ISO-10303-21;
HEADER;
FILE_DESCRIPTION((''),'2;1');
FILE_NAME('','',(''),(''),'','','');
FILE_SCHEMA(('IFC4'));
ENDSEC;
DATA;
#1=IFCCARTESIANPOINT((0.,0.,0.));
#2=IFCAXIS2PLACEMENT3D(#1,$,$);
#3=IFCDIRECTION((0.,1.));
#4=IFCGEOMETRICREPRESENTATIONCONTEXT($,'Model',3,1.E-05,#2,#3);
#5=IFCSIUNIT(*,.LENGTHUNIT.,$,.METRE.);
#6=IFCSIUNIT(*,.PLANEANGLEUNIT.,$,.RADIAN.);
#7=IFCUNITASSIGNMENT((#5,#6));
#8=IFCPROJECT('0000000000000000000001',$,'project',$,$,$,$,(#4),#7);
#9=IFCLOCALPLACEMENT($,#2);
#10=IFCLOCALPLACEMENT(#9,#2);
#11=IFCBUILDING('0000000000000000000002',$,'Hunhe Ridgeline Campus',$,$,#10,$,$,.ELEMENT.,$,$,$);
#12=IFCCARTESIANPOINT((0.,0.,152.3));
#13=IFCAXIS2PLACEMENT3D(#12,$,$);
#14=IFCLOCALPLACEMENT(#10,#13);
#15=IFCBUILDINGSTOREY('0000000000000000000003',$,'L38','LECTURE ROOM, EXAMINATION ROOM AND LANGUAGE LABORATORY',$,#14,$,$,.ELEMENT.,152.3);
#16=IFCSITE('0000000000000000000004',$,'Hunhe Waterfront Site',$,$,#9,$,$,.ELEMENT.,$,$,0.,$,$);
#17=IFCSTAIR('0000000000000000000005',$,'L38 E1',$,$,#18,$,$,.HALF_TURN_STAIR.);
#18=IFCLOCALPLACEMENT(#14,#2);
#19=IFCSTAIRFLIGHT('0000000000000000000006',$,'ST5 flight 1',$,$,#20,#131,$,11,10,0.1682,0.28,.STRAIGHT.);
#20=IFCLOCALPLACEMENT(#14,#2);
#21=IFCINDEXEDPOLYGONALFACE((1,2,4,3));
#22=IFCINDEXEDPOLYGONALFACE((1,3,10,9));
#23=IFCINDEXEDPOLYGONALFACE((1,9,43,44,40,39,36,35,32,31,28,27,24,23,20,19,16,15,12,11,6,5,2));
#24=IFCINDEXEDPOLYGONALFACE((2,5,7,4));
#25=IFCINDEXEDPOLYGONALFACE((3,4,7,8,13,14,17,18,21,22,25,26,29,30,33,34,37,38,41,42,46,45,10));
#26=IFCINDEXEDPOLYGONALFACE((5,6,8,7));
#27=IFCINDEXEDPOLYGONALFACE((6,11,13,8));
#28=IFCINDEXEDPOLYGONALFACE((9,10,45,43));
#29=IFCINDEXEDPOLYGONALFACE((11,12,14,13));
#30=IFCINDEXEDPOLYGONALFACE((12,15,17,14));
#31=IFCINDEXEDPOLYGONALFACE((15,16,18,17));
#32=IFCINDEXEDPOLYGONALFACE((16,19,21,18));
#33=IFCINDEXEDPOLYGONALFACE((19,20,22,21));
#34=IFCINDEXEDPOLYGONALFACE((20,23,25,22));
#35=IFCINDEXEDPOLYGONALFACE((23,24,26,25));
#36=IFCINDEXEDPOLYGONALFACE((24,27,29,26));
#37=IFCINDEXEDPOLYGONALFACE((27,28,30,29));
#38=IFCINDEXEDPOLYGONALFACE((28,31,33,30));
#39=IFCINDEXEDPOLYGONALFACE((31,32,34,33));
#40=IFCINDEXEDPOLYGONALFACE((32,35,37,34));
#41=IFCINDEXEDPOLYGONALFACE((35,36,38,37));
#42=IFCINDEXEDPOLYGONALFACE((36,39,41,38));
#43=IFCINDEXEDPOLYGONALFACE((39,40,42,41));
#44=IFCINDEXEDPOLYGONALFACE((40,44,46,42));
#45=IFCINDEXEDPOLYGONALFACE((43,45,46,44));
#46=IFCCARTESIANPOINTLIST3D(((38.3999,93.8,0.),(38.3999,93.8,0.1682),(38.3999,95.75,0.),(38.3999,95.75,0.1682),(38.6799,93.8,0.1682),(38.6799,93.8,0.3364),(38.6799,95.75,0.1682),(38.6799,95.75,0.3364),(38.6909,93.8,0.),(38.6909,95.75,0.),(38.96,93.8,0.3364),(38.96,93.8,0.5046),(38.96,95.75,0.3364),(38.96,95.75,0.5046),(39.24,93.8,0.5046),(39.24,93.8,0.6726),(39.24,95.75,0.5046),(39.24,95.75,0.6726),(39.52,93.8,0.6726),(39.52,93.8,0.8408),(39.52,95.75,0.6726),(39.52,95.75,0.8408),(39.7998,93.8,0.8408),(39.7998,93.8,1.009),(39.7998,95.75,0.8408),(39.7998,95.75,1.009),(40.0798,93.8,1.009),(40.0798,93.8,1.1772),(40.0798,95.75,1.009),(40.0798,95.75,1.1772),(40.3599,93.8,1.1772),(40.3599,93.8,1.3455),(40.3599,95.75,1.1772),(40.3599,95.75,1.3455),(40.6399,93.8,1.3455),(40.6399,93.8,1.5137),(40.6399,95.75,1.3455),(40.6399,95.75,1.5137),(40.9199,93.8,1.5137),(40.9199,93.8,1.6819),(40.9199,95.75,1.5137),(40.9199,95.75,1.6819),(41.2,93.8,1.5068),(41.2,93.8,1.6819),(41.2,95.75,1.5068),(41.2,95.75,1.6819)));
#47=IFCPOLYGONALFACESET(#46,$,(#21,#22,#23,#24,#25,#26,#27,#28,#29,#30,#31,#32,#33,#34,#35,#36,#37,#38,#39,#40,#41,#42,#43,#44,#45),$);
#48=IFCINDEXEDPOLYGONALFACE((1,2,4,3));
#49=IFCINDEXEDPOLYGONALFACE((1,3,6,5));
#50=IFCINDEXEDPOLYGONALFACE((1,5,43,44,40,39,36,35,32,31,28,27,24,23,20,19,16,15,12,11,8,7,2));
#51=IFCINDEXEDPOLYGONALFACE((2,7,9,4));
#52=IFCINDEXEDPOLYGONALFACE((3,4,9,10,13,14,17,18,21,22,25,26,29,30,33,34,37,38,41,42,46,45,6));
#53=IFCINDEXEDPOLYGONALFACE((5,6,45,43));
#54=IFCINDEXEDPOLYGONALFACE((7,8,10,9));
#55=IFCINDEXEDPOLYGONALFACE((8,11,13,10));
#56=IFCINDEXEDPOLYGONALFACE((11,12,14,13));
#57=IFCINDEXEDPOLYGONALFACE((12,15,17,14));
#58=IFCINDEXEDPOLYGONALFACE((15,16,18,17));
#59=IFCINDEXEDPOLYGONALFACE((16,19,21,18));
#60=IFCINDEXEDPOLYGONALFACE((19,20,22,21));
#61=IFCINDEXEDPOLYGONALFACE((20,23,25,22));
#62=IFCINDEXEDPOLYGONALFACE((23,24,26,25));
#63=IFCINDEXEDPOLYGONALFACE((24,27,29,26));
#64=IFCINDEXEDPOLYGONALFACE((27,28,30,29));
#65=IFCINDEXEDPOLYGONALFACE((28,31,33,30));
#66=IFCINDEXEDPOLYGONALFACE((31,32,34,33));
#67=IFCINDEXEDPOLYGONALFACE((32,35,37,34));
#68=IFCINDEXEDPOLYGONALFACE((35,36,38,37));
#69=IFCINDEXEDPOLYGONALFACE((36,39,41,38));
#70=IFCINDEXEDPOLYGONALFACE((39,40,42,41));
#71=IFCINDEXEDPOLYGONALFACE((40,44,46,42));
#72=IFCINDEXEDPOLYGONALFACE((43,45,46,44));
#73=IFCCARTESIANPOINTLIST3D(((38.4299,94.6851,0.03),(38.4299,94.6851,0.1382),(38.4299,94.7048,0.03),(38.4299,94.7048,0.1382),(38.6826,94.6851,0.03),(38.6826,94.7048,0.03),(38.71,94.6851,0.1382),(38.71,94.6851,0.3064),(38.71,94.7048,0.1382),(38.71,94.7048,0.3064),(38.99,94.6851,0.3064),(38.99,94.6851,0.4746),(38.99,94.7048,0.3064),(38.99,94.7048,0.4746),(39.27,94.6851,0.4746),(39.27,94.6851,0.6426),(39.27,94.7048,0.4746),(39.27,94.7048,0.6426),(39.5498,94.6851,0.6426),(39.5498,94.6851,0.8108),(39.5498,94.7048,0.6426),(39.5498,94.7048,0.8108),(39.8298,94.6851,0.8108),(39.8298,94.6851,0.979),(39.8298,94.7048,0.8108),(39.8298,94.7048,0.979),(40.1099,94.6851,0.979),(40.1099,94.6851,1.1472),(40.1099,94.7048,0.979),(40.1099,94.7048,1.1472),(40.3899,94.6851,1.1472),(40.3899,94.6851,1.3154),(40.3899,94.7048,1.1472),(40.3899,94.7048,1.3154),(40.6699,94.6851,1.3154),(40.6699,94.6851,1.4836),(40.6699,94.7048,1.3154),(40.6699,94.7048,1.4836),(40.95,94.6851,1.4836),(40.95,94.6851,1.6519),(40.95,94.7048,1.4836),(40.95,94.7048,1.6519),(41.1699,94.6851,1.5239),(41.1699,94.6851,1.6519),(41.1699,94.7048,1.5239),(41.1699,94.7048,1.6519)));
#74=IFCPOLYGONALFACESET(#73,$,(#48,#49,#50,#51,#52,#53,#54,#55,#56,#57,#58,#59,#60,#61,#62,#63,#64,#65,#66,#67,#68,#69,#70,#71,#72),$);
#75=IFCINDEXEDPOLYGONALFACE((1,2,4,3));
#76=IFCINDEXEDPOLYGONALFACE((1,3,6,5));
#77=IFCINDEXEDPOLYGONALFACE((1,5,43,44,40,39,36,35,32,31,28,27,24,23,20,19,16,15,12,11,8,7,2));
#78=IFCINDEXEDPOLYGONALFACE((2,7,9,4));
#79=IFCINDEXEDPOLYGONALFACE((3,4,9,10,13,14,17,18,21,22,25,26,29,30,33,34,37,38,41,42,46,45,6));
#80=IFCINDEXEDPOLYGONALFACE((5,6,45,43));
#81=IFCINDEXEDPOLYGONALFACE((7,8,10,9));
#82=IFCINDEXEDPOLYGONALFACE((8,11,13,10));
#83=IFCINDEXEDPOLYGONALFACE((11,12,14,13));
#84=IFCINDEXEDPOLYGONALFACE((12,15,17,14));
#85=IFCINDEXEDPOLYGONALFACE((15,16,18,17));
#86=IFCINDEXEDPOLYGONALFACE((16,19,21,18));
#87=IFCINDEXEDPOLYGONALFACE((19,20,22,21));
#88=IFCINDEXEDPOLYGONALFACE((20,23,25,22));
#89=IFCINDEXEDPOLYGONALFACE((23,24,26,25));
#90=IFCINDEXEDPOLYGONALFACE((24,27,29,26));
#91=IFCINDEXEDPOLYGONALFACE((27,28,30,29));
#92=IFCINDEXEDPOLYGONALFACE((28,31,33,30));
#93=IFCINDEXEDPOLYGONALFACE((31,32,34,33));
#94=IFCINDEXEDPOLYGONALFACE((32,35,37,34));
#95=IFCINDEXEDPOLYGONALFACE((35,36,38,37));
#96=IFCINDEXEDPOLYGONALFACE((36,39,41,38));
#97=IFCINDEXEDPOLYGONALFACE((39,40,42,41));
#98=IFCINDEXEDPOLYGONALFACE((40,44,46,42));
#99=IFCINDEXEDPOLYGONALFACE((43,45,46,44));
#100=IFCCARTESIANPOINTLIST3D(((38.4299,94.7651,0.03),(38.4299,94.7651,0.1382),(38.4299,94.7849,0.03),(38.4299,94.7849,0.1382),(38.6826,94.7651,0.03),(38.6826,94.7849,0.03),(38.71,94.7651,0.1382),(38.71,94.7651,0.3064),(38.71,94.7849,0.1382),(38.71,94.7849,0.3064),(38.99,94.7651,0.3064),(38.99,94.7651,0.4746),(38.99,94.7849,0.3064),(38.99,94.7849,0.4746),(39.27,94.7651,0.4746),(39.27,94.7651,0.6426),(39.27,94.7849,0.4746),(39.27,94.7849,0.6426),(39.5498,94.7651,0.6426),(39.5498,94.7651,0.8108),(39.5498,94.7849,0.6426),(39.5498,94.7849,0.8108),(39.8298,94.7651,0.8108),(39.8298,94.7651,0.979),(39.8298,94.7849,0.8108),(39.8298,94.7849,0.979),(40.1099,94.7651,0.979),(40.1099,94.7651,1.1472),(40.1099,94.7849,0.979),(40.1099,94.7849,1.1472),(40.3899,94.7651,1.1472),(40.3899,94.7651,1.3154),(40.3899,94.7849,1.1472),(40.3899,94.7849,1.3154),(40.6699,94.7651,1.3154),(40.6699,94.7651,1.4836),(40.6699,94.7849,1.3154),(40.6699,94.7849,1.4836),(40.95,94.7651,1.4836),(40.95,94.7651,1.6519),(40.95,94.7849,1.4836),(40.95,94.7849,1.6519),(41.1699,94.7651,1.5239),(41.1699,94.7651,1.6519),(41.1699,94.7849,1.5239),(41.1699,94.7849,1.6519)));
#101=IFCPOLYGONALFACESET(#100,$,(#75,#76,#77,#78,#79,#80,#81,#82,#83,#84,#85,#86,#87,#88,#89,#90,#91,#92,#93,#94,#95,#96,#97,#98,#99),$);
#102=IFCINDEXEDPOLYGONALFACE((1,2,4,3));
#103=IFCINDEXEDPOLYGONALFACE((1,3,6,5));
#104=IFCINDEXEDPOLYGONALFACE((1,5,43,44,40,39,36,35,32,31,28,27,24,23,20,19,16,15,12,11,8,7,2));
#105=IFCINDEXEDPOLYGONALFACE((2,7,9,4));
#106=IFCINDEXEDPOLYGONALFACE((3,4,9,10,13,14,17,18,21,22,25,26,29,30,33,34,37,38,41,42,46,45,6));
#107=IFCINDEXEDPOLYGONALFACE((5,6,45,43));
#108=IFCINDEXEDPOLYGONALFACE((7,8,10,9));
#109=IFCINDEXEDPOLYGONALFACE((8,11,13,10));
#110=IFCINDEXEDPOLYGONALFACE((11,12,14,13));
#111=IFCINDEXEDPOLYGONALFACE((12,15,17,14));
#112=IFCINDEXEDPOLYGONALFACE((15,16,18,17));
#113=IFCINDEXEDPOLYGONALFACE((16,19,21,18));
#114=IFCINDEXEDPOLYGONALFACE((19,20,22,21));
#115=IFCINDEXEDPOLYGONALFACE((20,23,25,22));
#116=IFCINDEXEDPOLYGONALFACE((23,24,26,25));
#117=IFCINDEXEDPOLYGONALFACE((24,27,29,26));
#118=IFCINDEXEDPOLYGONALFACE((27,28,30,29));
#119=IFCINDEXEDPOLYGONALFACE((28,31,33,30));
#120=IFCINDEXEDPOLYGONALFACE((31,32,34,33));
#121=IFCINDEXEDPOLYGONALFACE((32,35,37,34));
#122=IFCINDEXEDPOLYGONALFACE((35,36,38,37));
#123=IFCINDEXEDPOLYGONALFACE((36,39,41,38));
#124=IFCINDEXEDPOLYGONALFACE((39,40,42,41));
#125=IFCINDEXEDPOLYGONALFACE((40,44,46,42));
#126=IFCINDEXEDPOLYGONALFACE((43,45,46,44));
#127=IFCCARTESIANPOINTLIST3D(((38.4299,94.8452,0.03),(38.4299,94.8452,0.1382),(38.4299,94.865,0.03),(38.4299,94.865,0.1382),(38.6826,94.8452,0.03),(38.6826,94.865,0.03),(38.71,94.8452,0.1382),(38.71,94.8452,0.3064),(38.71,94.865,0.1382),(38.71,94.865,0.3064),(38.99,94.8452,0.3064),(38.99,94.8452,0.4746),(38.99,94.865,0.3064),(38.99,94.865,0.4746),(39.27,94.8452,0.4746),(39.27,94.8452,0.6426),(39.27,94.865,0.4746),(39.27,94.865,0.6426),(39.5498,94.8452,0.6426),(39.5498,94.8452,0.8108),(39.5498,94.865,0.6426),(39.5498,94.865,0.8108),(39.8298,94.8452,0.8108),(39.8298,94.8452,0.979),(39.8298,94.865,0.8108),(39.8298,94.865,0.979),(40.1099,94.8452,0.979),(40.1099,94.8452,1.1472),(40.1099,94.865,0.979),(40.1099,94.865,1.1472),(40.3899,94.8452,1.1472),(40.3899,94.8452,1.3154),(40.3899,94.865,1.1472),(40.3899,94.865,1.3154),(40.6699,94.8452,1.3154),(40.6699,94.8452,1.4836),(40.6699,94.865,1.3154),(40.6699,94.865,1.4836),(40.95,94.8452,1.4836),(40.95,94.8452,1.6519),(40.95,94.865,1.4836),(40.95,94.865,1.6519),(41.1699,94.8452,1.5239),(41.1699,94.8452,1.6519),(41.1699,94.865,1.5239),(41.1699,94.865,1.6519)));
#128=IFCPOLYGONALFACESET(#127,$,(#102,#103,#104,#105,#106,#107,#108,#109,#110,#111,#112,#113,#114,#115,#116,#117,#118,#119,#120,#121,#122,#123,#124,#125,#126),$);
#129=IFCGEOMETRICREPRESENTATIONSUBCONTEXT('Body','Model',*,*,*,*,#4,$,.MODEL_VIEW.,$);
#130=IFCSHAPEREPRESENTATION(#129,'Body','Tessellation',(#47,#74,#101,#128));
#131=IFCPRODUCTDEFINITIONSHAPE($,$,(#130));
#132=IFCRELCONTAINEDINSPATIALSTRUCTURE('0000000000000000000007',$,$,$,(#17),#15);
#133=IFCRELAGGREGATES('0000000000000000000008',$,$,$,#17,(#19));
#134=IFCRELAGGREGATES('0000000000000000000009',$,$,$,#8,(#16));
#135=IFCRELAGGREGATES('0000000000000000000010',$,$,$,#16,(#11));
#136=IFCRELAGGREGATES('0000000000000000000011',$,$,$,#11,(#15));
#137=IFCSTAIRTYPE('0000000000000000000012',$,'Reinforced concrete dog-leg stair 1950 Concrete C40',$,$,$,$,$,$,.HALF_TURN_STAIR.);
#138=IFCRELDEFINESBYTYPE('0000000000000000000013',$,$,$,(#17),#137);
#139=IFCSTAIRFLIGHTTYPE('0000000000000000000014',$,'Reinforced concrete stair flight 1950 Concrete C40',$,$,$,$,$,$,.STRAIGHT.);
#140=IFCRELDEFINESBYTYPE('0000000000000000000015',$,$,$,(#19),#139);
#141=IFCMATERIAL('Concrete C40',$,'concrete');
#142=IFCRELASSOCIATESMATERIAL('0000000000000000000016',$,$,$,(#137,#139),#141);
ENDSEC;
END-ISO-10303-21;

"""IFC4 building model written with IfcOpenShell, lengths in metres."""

from ifc_helpers import new_model, si_unit, direction, frame, origin, place, context, subcontext, project, spatial, polyline, outline, extrude, material, type_object, element, aggregate, save


model = new_model("IFC4")

# Units and contexts
model_context = context("Model", 3, precision=1e-05, world=origin(), true_north=direction((0.0, 1.0)))
body_context = subcontext(model_context, "Body", "Model", "MODEL_VIEW")
ifc_project = project(units=[si_unit("LENGTHUNIT", "METRE"), si_unit("PLANEANGLEUNIT", "RADIAN")], contexts=[model_context])

# Site, building, storey
site_placement = place(None, origin())
site = spatial("IfcSite", under=ifc_project, at=site_placement, Name="Hunhe Waterfront Site", CompositionType="ELEMENT", RefElevation=0.0)
building_placement = place(site_placement, origin())
building = spatial("IfcBuilding", under=site, at=building_placement, Name="Hunhe Ridgeline Campus", CompositionType="ELEMENT")
storey_placement = place(building_placement, frame((0.0, 0.0, 152.3)))
storey = spatial("IfcBuildingStorey", under=building, at=storey_placement, Name="L38", Description="LECTURE ROOM, EXAMINATION ROOM AND LANGUAGE LABORATORY", CompositionType="ELEMENT", Elevation=152.3)

# Shared definitions
ifc_material_1 = material(Name="Concrete C40", Category="concrete")
stair_type = type_object("IfcStairType", Name="Reinforced concrete dog-leg stair 1950 Concrete C40", PredefinedType="HALF_TURN_STAIR", material=ifc_material_1)
stair_flight_type = type_object("IfcStairFlightType", Name="Reinforced concrete stair flight 1950 Concrete C40", PredefinedType="STRAIGHT", material=ifc_material_1)

# Stair, stair flight
stair_1_placement = place(storey_placement, origin())
stair_1 = element("IfcStair", 1, at=stair_1_placement, inside=storey, type_object=stair_type, Name="L38 E1", PredefinedType="HALF_TURN_STAIR")
stair_flight_1_placement = place(storey_placement, frame((38.3999, 94.7749, 0.0), z_axis=(0.0, 0.0, 1.0), x_axis=(1.0, 0.0, 0.0)))
stair_flight_1 = element("IfcStairFlight", 2, at=stair_flight_1_placement, type_object=stair_flight_type, Name="ST5 flight 1", NumberOfRisers=11, NumberOfTreads=10, PredefinedType="STRAIGHT", RiserHeight=0.1682, TreadLength=0.28, context=body_context, shape_type="SweptSolid", body=[
    extrude(outline(polyline([(0.0, 0.0), (0.0, 0.1682), (0.28, 0.1682), (0.28, 0.3364), (0.5601, 0.3364), (0.5601, 0.5046), (0.8401, 0.5046), (0.8401, 0.6726), (1.1201, 0.6726), (1.1201, 0.8408), (1.3999, 0.8408), (1.3999, 1.009), (1.6799, 1.009), (1.6799, 1.1772), (1.96, 1.1772), (1.96, 1.3455), (2.24, 1.3455), (2.24, 1.5137), (2.52, 1.5137), (2.52, 1.6819), (2.8, 1.6819), (2.8, 1.8501), (2.8, 1.5068), (0.291, 0.0), (0.0, 0.0)])), frame((0.0, 0.9751, 0.0), z_axis=(0.0, -1.0, 0.0), x_axis=(1.0, 0.0, 0.0)), (0.0, 0.0, 1.0), 1.95),
    extrude(outline(polyline([(0.03, 0.03), (0.03, 0.1382), (0.3101, 0.1382), (0.3101, 0.3064), (0.5901, 0.3064), (0.5901, 0.4746), (0.8701, 0.4746), (0.8701, 0.6426), (1.1499, 0.6426), (1.1499, 0.8108), (1.4299, 0.8108), (1.4299, 0.979), (1.71, 0.979), (1.71, 1.1472), (1.99, 1.1472), (1.99, 1.3154), (2.27, 1.3154), (2.27, 1.4836), (2.55, 1.4836), (2.55, 1.6519), (2.77, 1.6519), (2.77, 1.5239), (0.2827, 0.03), (0.03, 0.03)])), frame((0.0, -0.0701, 0.0), z_axis=(0.0, -1.0, 0.0), x_axis=(1.0, 0.0, 0.0)), (0.0, 0.0, 1.0), 0.0198),
    extrude(outline(polyline([(0.03, 0.03), (0.03, 0.1382), (0.3101, 0.1382), (0.3101, 0.3064), (0.5901, 0.3064), (0.5901, 0.4746), (0.8701, 0.4746), (0.8701, 0.6426), (1.1499, 0.6426), (1.1499, 0.8108), (1.4299, 0.8108), (1.4299, 0.979), (1.71, 0.979), (1.71, 1.1472), (1.99, 1.1472), (1.99, 1.3154), (2.27, 1.3154), (2.27, 1.4836), (2.55, 1.4836), (2.55, 1.6519), (2.77, 1.6519), (2.77, 1.5239), (0.2827, 0.03), (0.03, 0.03)])), frame((0.0, 0.01, 0.0), z_axis=(0.0, -1.0, 0.0), x_axis=(1.0, 0.0, 0.0)), (0.0, 0.0, 1.0), 0.0198),
    extrude(outline(polyline([(0.03, 0.03), (0.03, 0.1382), (0.3101, 0.1382), (0.3101, 0.3064), (0.5901, 0.3064), (0.5901, 0.4746), (0.8701, 0.4746), (0.8701, 0.6426), (1.1499, 0.6426), (1.1499, 0.8108), (1.4299, 0.8108), (1.4299, 0.979), (1.71, 0.979), (1.71, 1.1472), (1.99, 1.1472), (1.99, 1.3154), (2.27, 1.3154), (2.27, 1.4836), (2.55, 1.4836), (2.55, 1.6519), (2.77, 1.6519), (2.77, 1.5239), (0.2827, 0.03), (0.03, 0.03)])), frame((0.0, 0.0901, 0.0), z_axis=(0.0, -1.0, 0.0), x_axis=(1.0, 0.0, 0.0)), (0.0, 0.0, 1.0), 0.0198),
])
aggregate(stair_1, [stair_flight_1])

save(model, "model.ifc")
